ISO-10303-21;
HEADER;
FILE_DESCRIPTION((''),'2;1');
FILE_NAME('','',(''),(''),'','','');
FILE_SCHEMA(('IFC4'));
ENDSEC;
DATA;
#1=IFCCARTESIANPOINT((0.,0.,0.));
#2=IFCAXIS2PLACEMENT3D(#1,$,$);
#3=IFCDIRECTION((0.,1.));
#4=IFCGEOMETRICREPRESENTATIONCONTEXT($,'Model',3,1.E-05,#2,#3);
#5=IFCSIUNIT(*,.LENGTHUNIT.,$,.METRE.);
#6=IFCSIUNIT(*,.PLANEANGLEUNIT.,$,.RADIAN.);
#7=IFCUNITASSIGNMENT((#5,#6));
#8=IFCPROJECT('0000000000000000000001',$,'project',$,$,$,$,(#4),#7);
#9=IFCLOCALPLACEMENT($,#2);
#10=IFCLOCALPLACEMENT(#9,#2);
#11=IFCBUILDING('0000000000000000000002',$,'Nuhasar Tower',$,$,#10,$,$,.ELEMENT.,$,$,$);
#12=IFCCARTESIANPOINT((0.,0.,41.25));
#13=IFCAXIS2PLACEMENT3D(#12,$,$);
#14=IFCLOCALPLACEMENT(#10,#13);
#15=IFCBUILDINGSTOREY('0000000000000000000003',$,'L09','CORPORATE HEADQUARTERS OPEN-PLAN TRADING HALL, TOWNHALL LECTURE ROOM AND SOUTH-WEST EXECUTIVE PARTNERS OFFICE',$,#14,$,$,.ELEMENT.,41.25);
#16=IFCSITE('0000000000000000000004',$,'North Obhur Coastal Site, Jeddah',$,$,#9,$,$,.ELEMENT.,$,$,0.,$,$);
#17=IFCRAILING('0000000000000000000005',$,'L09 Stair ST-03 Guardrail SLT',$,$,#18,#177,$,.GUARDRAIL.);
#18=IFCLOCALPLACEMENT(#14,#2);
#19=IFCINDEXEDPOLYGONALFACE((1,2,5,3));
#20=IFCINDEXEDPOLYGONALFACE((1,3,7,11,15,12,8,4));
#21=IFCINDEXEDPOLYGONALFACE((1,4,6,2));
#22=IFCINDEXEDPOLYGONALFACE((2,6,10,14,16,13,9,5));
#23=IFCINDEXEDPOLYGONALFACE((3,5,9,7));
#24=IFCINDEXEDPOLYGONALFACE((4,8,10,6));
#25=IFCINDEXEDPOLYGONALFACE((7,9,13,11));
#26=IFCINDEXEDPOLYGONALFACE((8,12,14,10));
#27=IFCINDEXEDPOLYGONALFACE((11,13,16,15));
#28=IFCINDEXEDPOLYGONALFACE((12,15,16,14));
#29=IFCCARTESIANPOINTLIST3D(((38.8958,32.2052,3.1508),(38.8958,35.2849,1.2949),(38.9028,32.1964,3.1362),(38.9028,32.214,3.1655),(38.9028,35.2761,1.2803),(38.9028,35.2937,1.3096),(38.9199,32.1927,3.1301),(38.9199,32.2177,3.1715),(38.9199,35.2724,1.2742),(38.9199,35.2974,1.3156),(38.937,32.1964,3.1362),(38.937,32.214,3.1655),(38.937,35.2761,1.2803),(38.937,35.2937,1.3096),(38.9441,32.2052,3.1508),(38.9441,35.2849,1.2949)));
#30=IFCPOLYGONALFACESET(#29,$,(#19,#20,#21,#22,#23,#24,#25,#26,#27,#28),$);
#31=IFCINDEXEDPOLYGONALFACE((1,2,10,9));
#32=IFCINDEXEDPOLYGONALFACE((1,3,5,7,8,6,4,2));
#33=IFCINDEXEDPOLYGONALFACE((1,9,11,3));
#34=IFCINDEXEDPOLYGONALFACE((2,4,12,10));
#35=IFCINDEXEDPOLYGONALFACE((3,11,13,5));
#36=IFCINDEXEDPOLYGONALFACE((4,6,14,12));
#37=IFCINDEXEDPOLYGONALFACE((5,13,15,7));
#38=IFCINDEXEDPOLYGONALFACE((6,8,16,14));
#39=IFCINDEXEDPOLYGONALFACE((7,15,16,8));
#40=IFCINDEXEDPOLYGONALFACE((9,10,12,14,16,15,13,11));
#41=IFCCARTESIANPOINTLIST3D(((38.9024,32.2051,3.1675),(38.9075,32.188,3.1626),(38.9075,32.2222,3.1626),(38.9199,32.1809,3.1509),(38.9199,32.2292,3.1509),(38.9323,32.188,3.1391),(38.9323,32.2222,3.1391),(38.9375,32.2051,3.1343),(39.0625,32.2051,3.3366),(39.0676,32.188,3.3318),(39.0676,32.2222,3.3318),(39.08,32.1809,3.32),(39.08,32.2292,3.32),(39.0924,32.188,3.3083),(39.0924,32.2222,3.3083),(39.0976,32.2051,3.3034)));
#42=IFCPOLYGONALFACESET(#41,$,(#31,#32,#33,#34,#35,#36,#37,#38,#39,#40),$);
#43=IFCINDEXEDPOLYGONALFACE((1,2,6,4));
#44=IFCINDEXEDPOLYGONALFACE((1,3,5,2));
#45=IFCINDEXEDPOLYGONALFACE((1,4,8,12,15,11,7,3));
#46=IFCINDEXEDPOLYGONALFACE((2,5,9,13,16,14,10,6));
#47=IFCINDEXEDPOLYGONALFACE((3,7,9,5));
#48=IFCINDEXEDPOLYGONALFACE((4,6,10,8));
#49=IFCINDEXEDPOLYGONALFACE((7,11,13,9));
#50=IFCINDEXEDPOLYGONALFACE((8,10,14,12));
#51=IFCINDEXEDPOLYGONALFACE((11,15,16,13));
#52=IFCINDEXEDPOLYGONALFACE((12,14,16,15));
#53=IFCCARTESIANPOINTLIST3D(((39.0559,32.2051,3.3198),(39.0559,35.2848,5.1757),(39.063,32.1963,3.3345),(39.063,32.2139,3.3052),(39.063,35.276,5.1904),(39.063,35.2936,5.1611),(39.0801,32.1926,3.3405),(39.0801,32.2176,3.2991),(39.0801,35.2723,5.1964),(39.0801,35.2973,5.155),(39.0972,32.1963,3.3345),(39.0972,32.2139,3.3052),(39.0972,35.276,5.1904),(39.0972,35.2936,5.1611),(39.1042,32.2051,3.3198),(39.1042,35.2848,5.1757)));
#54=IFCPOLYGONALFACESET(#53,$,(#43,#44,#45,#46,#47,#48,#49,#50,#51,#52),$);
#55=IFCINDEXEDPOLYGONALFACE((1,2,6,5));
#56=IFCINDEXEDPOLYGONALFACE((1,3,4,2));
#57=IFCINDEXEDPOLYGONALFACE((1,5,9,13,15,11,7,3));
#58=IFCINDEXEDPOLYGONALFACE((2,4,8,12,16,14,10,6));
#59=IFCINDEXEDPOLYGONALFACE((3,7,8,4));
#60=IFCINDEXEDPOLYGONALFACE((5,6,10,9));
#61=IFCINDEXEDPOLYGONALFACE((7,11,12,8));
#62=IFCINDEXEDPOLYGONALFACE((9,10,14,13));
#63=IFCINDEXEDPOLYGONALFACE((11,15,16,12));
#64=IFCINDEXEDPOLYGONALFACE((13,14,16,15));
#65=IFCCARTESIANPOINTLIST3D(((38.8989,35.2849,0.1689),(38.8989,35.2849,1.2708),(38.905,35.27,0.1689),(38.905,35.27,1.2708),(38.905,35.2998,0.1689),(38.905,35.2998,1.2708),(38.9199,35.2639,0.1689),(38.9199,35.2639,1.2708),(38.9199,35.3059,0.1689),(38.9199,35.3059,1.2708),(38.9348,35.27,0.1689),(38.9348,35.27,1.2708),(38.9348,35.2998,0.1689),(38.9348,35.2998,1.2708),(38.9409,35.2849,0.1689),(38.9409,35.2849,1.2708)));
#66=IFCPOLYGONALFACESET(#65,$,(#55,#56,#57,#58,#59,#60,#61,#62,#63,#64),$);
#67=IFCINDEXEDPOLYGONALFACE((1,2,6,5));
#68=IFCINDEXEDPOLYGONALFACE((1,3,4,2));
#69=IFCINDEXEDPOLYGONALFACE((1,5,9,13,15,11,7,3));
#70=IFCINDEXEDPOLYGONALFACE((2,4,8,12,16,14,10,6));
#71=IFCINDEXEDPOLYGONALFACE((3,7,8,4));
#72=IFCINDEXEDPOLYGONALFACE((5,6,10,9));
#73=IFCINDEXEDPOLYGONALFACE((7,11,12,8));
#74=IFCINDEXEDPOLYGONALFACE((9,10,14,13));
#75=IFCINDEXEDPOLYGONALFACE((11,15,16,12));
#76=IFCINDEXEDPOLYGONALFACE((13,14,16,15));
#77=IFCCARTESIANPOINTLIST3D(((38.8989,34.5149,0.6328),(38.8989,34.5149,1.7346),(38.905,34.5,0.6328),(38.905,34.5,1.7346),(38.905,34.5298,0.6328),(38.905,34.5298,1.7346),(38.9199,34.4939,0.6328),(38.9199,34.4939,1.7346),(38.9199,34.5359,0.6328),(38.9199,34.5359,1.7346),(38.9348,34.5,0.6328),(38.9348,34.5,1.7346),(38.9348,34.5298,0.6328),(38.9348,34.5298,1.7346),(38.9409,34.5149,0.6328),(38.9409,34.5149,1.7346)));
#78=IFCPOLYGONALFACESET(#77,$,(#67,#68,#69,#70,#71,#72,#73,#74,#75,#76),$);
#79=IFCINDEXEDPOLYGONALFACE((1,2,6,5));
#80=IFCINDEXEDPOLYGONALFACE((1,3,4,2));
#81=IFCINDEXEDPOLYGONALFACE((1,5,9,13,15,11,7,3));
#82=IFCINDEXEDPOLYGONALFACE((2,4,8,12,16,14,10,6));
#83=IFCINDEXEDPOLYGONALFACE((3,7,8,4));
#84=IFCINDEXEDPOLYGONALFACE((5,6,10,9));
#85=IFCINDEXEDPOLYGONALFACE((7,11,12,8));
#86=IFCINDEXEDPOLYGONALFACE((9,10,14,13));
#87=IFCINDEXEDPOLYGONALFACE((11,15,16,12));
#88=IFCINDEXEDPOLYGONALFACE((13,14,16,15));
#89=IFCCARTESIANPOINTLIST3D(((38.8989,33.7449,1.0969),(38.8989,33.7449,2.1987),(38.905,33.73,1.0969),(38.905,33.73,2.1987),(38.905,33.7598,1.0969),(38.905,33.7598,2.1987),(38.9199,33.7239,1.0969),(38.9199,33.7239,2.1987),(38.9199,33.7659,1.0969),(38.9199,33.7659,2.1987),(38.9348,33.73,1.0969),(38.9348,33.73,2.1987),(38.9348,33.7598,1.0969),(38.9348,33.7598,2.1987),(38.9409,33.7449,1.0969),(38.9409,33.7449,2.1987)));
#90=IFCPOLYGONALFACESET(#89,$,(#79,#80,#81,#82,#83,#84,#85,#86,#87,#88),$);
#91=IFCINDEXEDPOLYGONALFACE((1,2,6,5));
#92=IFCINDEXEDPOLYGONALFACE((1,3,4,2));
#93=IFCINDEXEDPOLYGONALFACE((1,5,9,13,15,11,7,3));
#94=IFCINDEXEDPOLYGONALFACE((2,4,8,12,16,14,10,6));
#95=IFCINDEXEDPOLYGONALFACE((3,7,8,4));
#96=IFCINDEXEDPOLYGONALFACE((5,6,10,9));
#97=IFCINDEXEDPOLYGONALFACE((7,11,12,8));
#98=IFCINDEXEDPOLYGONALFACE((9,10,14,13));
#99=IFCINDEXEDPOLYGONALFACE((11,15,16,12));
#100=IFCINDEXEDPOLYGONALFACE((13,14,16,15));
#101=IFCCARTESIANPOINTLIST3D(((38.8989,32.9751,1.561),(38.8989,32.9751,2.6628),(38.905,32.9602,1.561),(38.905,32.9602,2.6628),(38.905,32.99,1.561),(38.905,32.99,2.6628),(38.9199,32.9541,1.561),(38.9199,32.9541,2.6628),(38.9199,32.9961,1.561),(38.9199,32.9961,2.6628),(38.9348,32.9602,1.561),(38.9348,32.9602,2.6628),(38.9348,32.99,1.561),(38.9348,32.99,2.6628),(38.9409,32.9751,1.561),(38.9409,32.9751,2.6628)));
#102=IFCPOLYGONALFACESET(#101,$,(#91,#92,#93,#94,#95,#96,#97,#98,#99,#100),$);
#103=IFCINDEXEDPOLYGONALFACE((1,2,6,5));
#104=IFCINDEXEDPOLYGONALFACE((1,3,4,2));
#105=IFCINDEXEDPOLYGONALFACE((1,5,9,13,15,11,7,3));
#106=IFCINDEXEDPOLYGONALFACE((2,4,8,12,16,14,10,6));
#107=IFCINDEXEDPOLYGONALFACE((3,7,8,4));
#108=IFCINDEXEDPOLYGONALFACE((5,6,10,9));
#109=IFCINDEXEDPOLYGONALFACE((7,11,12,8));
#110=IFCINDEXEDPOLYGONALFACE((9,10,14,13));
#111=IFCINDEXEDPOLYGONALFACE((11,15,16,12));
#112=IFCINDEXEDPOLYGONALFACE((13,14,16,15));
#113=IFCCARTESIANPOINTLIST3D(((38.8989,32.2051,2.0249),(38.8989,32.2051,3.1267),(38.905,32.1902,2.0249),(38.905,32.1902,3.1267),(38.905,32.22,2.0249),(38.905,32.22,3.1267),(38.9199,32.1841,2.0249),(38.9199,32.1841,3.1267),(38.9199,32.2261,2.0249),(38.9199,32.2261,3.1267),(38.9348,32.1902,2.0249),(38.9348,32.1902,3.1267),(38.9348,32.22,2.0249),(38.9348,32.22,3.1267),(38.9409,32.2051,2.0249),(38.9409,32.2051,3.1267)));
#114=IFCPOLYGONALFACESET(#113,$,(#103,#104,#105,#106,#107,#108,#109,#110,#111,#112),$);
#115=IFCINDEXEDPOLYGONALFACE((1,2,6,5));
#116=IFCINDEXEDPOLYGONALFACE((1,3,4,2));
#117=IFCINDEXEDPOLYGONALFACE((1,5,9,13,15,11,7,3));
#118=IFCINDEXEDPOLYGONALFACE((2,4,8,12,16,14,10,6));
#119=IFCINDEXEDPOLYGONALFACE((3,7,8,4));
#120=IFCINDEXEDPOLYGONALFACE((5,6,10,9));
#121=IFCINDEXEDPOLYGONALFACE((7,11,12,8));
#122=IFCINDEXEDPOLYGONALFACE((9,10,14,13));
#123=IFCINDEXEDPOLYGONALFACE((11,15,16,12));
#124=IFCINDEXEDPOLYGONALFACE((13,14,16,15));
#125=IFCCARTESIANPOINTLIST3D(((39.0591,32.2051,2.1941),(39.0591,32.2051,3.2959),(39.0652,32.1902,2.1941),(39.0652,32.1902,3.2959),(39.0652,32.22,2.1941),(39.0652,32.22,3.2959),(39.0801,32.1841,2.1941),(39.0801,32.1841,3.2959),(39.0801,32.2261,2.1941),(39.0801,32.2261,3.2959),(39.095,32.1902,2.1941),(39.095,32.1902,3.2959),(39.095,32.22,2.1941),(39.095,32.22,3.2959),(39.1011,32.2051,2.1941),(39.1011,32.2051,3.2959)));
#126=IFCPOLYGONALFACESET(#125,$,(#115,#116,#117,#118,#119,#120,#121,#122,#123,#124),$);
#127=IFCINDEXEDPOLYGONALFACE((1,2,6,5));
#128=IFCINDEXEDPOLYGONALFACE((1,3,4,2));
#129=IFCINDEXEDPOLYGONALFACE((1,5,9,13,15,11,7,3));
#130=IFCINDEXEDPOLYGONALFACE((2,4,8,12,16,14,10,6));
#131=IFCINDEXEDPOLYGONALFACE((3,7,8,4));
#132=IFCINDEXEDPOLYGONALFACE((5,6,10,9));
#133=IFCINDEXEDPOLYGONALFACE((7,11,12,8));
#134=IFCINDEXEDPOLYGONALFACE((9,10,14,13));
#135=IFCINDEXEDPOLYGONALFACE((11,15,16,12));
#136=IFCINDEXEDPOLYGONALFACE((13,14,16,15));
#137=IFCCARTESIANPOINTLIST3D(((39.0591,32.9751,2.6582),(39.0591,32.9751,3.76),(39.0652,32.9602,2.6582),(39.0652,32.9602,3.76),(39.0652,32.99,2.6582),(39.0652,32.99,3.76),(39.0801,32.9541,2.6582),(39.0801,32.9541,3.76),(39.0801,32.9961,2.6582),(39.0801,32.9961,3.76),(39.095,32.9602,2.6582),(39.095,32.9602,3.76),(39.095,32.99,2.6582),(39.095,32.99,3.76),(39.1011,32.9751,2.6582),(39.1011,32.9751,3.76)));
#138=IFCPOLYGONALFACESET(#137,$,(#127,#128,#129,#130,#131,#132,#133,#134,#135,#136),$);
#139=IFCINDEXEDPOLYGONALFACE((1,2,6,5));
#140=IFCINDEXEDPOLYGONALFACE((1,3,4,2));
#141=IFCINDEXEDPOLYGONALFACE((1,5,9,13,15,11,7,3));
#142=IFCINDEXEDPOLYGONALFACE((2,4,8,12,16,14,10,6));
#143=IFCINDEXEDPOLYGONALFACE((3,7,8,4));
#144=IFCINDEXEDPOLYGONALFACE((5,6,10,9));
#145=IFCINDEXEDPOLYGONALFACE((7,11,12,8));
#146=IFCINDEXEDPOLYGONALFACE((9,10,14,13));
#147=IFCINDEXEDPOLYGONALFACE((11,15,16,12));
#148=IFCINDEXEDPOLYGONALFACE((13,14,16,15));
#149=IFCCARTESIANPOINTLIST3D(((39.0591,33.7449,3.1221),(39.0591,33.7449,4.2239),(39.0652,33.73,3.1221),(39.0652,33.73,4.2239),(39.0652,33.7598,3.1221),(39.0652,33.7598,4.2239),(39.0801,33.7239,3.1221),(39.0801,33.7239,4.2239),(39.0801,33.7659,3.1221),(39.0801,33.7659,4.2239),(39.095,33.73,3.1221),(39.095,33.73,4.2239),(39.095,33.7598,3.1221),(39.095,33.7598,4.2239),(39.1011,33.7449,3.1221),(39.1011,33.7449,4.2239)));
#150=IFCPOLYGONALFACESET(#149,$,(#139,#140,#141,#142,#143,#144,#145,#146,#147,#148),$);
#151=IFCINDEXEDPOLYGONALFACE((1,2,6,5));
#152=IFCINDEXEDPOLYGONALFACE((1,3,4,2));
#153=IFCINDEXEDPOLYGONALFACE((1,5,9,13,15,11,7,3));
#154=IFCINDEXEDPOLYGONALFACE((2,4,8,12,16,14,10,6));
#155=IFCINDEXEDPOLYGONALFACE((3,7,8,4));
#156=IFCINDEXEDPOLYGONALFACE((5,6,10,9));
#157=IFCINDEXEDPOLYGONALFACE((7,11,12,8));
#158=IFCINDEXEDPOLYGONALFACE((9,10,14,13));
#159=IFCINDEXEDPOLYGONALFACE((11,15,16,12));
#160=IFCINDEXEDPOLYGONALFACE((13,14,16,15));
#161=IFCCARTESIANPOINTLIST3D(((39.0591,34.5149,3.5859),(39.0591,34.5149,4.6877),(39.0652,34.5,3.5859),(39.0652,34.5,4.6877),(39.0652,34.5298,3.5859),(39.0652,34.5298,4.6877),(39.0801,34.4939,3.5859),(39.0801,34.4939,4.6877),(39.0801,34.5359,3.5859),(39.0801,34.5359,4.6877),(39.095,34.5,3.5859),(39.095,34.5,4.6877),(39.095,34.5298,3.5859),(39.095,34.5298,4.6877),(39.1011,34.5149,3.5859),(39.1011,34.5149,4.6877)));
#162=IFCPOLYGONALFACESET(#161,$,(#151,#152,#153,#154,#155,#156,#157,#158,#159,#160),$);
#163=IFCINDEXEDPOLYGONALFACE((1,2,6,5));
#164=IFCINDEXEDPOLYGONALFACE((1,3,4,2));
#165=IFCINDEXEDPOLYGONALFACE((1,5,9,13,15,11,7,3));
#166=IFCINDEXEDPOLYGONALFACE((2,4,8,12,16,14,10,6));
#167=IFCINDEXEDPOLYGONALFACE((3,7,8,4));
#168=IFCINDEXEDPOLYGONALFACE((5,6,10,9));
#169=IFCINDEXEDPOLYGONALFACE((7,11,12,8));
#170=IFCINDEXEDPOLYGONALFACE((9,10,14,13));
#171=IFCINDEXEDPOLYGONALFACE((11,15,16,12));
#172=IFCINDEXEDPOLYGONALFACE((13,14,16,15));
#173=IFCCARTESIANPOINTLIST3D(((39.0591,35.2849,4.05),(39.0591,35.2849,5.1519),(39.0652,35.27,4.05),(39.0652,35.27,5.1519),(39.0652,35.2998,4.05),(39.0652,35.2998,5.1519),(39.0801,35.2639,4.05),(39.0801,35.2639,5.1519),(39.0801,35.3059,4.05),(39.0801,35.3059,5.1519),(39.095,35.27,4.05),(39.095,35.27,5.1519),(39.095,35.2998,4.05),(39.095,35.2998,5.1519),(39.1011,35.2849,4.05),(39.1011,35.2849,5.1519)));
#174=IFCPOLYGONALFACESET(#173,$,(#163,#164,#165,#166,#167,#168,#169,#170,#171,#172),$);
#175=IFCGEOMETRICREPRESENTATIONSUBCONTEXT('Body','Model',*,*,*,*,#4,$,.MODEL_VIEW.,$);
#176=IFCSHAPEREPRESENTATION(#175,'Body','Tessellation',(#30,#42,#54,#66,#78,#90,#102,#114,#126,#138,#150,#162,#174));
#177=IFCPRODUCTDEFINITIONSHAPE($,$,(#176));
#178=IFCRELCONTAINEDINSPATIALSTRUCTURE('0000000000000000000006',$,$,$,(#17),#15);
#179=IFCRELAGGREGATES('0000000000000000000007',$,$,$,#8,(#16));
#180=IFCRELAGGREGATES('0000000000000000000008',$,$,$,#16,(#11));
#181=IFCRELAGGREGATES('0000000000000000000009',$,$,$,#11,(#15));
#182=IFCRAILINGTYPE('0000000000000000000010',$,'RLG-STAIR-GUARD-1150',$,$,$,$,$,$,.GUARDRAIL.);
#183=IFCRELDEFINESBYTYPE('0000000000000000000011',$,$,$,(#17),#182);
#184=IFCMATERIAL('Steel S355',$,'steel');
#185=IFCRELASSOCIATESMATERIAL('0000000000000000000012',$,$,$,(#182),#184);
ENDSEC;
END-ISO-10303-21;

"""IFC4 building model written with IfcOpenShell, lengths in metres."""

from ifc_helpers import new_model, si_unit, direction, frame, origin, place, context, subcontext, project, spatial, polyline, outline, extrude, material, type_object, element, save


model = new_model("IFC4")

# Units and contexts
model_context = context("Model", 3, precision=1e-05, world=origin(), true_north=direction((0.0, 1.0)))
body_context = subcontext(model_context, "Body", "Model", "MODEL_VIEW")
ifc_project = project(units=[si_unit("LENGTHUNIT", "METRE"), si_unit("PLANEANGLEUNIT", "RADIAN")], contexts=[model_context])

# Site, building, storey
site_placement = place(None, origin())
site = spatial("IfcSite", under=ifc_project, at=site_placement, Name="North Obhur Coastal Site, Jeddah", CompositionType="ELEMENT", RefElevation=0.0)
building_placement = place(site_placement, origin())
building = spatial("IfcBuilding", under=site, at=building_placement, Name="Nuhasar Tower", CompositionType="ELEMENT")
storey_placement = place(building_placement, frame((0.0, 0.0, 41.25)))
storey = spatial("IfcBuildingStorey", under=building, at=storey_placement, Name="L09", Description="CORPORATE HEADQUARTERS OPEN-PLAN TRADING HALL, TOWNHALL LECTURE ROOM AND SOUTH-WEST EXECUTIVE PARTNERS OFFICE", CompositionType="ELEMENT", Elevation=41.25)

# Shared definitions
ifc_material_1 = material(Name="Steel S355", Category="steel")

# Railing
railing_type_1 = type_object("IfcRailingType", Name="RLG-STAIR-GUARD-1150", PredefinedType="GUARDRAIL", material=ifc_material_1)
railing_1_placement = place(storey_placement, frame((38.9199, 35.2849, 0.1689)))
element("IfcRailing", 1, at=railing_1_placement, inside=storey, type_object=railing_type_1, Name="L09 Stair ST-03 Guardrail SLT", PredefinedType="GUARDRAIL", context=body_context, shape_type="SweptSolid", body=[
    extrude(outline(polyline([(0.0242, 0.0), (0.0171, 0.0171), (0.0, 0.0242), (-0.0171, 0.0171), (-0.0242, 0.0), (-0.0171, -0.0171), (0.0, -0.0242), (0.0171, -0.0171), (0.0242, 0.0)])), frame((0.0, 0.0, 1.126), z_axis=(0.0, -0.856503, 0.516142), x_axis=(1.0, 0.0, 0.0)), (0.0, 0.0, 1.0), 3.5957),
    extrude(outline(polyline([(0.0242, 0.0), (0.0171, 0.0171), (0.0, 0.0242), (-0.0171, 0.0171), (-0.0242, 0.0), (-0.0171, -0.0171), (0.0, -0.0242), (0.0171, -0.0171), (0.0242, 0.0)])), frame((0.0, -3.0798, 2.9819), z_axis=(0.687454, 0.0, 0.726228), x_axis=(0.0, 1.0, 0.0)), (0.0, 0.0, 1.0), 0.2329),
    extrude(outline(polyline([(0.0242, 0.0), (0.0171, 0.0171), (0.0, 0.0242), (-0.0171, 0.0171), (-0.0242, 0.0), (-0.0171, -0.0171), (0.0, -0.0242), (0.0171, -0.0171), (0.0242, 0.0)])), frame((0.1602, -3.0798, 3.1509), z_axis=(0.0, 0.856503, 0.516142), x_axis=(-1.0, 0.0, 0.0)), (0.0, 0.0, 1.0), 3.5957),
    extrude(outline(polyline([(0.021, 0.0), (0.0149, 0.0149), (0.0, 0.021), (-0.0149, 0.0149), (-0.021, 0.0), (-0.0149, -0.0149), (0.0, -0.021), (0.0149, -0.0149), (0.021, 0.0)])), origin(), (0.0, 0.0, 1.0), 1.1018),
    extrude(outline(polyline([(0.021, 0.0), (0.0149, 0.0149), (0.0, 0.021), (-0.0149, 0.0149), (-0.021, 0.0), (-0.0149, -0.0149), (0.0, -0.021), (0.0149, -0.0149), (0.021, 0.0)])), frame((0.0, -0.77, 0.4639)), (0.0, 0.0, 1.0), 1.1018),
    extrude(outline(polyline([(0.021, 0.0), (0.0149, 0.0149), (0.0, 0.021), (-0.0149, 0.0149), (-0.021, 0.0), (-0.0149, -0.0149), (0.0, -0.021), (0.0149, -0.0149), (0.021, 0.0)])), frame((0.0, -1.54, 0.928)), (0.0, 0.0, 1.0), 1.1018),
    extrude(outline(polyline([(0.021, 0.0), (0.0149, 0.0149), (0.0, 0.021), (-0.0149, 0.0149), (-0.021, 0.0), (-0.0149, -0.0149), (0.0, -0.021), (0.0149, -0.0149), (0.021, 0.0)])), frame((0.0, -2.3098, 1.3921)), (0.0, 0.0, 1.0), 1.1018),
    extrude(outline(polyline([(0.021, 0.0), (0.0149, 0.0149), (0.0, 0.021), (-0.0149, 0.0149), (-0.021, 0.0), (-0.0149, -0.0149), (0.0, -0.021), (0.0149, -0.0149), (0.021, 0.0)])), frame((0.0, -3.0798, 1.856)), (0.0, 0.0, 1.0), 1.1018),
    extrude(outline(polyline([(0.021, 0.0), (0.0149, 0.0149), (0.0, 0.021), (-0.0149, 0.0149), (-0.021, 0.0), (-0.0149, -0.0149), (0.0, -0.021), (0.0149, -0.0149), (0.021, 0.0)])), frame((0.1602, -3.0798, 2.0251)), (0.0, 0.0, 1.0), 1.1018),
    extrude(outline(polyline([(0.021, 0.0), (0.0149, 0.0149), (0.0, 0.021), (-0.0149, 0.0149), (-0.021, 0.0), (-0.0149, -0.0149), (0.0, -0.021), (0.0149, -0.0149), (0.021, 0.0)])), frame((0.1602, -2.3098, 2.4893)), (0.0, 0.0, 1.0), 1.1018),
    extrude(outline(polyline([(0.021, 0.0), (0.0149, 0.0149), (0.0, 0.021), (-0.0149, 0.0149), (-0.021, 0.0), (-0.0149, -0.0149), (0.0, -0.021), (0.0149, -0.0149), (0.021, 0.0)])), frame((0.1602, -1.54, 2.9531)), (0.0, 0.0, 1.0), 1.1018),
    extrude(outline(polyline([(0.021, 0.0), (0.0149, 0.0149), (0.0, 0.021), (-0.0149, 0.0149), (-0.021, 0.0), (-0.0149, -0.0149), (0.0, -0.021), (0.0149, -0.0149), (0.021, 0.0)])), frame((0.1602, -0.77, 3.417)), (0.0, 0.0, 1.0), 1.1018),
    extrude(outline(polyline([(0.021, 0.0), (0.0149, 0.0149), (0.0, 0.021), (-0.0149, 0.0149), (-0.021, 0.0), (-0.0149, -0.0149), (0.0, -0.021), (0.0149, -0.0149), (0.021, 0.0)])), frame((0.1602, 0.0, 3.8811)), (0.0, 0.0, 1.0), 1.1018),
])

save(model, "model.ifc")
